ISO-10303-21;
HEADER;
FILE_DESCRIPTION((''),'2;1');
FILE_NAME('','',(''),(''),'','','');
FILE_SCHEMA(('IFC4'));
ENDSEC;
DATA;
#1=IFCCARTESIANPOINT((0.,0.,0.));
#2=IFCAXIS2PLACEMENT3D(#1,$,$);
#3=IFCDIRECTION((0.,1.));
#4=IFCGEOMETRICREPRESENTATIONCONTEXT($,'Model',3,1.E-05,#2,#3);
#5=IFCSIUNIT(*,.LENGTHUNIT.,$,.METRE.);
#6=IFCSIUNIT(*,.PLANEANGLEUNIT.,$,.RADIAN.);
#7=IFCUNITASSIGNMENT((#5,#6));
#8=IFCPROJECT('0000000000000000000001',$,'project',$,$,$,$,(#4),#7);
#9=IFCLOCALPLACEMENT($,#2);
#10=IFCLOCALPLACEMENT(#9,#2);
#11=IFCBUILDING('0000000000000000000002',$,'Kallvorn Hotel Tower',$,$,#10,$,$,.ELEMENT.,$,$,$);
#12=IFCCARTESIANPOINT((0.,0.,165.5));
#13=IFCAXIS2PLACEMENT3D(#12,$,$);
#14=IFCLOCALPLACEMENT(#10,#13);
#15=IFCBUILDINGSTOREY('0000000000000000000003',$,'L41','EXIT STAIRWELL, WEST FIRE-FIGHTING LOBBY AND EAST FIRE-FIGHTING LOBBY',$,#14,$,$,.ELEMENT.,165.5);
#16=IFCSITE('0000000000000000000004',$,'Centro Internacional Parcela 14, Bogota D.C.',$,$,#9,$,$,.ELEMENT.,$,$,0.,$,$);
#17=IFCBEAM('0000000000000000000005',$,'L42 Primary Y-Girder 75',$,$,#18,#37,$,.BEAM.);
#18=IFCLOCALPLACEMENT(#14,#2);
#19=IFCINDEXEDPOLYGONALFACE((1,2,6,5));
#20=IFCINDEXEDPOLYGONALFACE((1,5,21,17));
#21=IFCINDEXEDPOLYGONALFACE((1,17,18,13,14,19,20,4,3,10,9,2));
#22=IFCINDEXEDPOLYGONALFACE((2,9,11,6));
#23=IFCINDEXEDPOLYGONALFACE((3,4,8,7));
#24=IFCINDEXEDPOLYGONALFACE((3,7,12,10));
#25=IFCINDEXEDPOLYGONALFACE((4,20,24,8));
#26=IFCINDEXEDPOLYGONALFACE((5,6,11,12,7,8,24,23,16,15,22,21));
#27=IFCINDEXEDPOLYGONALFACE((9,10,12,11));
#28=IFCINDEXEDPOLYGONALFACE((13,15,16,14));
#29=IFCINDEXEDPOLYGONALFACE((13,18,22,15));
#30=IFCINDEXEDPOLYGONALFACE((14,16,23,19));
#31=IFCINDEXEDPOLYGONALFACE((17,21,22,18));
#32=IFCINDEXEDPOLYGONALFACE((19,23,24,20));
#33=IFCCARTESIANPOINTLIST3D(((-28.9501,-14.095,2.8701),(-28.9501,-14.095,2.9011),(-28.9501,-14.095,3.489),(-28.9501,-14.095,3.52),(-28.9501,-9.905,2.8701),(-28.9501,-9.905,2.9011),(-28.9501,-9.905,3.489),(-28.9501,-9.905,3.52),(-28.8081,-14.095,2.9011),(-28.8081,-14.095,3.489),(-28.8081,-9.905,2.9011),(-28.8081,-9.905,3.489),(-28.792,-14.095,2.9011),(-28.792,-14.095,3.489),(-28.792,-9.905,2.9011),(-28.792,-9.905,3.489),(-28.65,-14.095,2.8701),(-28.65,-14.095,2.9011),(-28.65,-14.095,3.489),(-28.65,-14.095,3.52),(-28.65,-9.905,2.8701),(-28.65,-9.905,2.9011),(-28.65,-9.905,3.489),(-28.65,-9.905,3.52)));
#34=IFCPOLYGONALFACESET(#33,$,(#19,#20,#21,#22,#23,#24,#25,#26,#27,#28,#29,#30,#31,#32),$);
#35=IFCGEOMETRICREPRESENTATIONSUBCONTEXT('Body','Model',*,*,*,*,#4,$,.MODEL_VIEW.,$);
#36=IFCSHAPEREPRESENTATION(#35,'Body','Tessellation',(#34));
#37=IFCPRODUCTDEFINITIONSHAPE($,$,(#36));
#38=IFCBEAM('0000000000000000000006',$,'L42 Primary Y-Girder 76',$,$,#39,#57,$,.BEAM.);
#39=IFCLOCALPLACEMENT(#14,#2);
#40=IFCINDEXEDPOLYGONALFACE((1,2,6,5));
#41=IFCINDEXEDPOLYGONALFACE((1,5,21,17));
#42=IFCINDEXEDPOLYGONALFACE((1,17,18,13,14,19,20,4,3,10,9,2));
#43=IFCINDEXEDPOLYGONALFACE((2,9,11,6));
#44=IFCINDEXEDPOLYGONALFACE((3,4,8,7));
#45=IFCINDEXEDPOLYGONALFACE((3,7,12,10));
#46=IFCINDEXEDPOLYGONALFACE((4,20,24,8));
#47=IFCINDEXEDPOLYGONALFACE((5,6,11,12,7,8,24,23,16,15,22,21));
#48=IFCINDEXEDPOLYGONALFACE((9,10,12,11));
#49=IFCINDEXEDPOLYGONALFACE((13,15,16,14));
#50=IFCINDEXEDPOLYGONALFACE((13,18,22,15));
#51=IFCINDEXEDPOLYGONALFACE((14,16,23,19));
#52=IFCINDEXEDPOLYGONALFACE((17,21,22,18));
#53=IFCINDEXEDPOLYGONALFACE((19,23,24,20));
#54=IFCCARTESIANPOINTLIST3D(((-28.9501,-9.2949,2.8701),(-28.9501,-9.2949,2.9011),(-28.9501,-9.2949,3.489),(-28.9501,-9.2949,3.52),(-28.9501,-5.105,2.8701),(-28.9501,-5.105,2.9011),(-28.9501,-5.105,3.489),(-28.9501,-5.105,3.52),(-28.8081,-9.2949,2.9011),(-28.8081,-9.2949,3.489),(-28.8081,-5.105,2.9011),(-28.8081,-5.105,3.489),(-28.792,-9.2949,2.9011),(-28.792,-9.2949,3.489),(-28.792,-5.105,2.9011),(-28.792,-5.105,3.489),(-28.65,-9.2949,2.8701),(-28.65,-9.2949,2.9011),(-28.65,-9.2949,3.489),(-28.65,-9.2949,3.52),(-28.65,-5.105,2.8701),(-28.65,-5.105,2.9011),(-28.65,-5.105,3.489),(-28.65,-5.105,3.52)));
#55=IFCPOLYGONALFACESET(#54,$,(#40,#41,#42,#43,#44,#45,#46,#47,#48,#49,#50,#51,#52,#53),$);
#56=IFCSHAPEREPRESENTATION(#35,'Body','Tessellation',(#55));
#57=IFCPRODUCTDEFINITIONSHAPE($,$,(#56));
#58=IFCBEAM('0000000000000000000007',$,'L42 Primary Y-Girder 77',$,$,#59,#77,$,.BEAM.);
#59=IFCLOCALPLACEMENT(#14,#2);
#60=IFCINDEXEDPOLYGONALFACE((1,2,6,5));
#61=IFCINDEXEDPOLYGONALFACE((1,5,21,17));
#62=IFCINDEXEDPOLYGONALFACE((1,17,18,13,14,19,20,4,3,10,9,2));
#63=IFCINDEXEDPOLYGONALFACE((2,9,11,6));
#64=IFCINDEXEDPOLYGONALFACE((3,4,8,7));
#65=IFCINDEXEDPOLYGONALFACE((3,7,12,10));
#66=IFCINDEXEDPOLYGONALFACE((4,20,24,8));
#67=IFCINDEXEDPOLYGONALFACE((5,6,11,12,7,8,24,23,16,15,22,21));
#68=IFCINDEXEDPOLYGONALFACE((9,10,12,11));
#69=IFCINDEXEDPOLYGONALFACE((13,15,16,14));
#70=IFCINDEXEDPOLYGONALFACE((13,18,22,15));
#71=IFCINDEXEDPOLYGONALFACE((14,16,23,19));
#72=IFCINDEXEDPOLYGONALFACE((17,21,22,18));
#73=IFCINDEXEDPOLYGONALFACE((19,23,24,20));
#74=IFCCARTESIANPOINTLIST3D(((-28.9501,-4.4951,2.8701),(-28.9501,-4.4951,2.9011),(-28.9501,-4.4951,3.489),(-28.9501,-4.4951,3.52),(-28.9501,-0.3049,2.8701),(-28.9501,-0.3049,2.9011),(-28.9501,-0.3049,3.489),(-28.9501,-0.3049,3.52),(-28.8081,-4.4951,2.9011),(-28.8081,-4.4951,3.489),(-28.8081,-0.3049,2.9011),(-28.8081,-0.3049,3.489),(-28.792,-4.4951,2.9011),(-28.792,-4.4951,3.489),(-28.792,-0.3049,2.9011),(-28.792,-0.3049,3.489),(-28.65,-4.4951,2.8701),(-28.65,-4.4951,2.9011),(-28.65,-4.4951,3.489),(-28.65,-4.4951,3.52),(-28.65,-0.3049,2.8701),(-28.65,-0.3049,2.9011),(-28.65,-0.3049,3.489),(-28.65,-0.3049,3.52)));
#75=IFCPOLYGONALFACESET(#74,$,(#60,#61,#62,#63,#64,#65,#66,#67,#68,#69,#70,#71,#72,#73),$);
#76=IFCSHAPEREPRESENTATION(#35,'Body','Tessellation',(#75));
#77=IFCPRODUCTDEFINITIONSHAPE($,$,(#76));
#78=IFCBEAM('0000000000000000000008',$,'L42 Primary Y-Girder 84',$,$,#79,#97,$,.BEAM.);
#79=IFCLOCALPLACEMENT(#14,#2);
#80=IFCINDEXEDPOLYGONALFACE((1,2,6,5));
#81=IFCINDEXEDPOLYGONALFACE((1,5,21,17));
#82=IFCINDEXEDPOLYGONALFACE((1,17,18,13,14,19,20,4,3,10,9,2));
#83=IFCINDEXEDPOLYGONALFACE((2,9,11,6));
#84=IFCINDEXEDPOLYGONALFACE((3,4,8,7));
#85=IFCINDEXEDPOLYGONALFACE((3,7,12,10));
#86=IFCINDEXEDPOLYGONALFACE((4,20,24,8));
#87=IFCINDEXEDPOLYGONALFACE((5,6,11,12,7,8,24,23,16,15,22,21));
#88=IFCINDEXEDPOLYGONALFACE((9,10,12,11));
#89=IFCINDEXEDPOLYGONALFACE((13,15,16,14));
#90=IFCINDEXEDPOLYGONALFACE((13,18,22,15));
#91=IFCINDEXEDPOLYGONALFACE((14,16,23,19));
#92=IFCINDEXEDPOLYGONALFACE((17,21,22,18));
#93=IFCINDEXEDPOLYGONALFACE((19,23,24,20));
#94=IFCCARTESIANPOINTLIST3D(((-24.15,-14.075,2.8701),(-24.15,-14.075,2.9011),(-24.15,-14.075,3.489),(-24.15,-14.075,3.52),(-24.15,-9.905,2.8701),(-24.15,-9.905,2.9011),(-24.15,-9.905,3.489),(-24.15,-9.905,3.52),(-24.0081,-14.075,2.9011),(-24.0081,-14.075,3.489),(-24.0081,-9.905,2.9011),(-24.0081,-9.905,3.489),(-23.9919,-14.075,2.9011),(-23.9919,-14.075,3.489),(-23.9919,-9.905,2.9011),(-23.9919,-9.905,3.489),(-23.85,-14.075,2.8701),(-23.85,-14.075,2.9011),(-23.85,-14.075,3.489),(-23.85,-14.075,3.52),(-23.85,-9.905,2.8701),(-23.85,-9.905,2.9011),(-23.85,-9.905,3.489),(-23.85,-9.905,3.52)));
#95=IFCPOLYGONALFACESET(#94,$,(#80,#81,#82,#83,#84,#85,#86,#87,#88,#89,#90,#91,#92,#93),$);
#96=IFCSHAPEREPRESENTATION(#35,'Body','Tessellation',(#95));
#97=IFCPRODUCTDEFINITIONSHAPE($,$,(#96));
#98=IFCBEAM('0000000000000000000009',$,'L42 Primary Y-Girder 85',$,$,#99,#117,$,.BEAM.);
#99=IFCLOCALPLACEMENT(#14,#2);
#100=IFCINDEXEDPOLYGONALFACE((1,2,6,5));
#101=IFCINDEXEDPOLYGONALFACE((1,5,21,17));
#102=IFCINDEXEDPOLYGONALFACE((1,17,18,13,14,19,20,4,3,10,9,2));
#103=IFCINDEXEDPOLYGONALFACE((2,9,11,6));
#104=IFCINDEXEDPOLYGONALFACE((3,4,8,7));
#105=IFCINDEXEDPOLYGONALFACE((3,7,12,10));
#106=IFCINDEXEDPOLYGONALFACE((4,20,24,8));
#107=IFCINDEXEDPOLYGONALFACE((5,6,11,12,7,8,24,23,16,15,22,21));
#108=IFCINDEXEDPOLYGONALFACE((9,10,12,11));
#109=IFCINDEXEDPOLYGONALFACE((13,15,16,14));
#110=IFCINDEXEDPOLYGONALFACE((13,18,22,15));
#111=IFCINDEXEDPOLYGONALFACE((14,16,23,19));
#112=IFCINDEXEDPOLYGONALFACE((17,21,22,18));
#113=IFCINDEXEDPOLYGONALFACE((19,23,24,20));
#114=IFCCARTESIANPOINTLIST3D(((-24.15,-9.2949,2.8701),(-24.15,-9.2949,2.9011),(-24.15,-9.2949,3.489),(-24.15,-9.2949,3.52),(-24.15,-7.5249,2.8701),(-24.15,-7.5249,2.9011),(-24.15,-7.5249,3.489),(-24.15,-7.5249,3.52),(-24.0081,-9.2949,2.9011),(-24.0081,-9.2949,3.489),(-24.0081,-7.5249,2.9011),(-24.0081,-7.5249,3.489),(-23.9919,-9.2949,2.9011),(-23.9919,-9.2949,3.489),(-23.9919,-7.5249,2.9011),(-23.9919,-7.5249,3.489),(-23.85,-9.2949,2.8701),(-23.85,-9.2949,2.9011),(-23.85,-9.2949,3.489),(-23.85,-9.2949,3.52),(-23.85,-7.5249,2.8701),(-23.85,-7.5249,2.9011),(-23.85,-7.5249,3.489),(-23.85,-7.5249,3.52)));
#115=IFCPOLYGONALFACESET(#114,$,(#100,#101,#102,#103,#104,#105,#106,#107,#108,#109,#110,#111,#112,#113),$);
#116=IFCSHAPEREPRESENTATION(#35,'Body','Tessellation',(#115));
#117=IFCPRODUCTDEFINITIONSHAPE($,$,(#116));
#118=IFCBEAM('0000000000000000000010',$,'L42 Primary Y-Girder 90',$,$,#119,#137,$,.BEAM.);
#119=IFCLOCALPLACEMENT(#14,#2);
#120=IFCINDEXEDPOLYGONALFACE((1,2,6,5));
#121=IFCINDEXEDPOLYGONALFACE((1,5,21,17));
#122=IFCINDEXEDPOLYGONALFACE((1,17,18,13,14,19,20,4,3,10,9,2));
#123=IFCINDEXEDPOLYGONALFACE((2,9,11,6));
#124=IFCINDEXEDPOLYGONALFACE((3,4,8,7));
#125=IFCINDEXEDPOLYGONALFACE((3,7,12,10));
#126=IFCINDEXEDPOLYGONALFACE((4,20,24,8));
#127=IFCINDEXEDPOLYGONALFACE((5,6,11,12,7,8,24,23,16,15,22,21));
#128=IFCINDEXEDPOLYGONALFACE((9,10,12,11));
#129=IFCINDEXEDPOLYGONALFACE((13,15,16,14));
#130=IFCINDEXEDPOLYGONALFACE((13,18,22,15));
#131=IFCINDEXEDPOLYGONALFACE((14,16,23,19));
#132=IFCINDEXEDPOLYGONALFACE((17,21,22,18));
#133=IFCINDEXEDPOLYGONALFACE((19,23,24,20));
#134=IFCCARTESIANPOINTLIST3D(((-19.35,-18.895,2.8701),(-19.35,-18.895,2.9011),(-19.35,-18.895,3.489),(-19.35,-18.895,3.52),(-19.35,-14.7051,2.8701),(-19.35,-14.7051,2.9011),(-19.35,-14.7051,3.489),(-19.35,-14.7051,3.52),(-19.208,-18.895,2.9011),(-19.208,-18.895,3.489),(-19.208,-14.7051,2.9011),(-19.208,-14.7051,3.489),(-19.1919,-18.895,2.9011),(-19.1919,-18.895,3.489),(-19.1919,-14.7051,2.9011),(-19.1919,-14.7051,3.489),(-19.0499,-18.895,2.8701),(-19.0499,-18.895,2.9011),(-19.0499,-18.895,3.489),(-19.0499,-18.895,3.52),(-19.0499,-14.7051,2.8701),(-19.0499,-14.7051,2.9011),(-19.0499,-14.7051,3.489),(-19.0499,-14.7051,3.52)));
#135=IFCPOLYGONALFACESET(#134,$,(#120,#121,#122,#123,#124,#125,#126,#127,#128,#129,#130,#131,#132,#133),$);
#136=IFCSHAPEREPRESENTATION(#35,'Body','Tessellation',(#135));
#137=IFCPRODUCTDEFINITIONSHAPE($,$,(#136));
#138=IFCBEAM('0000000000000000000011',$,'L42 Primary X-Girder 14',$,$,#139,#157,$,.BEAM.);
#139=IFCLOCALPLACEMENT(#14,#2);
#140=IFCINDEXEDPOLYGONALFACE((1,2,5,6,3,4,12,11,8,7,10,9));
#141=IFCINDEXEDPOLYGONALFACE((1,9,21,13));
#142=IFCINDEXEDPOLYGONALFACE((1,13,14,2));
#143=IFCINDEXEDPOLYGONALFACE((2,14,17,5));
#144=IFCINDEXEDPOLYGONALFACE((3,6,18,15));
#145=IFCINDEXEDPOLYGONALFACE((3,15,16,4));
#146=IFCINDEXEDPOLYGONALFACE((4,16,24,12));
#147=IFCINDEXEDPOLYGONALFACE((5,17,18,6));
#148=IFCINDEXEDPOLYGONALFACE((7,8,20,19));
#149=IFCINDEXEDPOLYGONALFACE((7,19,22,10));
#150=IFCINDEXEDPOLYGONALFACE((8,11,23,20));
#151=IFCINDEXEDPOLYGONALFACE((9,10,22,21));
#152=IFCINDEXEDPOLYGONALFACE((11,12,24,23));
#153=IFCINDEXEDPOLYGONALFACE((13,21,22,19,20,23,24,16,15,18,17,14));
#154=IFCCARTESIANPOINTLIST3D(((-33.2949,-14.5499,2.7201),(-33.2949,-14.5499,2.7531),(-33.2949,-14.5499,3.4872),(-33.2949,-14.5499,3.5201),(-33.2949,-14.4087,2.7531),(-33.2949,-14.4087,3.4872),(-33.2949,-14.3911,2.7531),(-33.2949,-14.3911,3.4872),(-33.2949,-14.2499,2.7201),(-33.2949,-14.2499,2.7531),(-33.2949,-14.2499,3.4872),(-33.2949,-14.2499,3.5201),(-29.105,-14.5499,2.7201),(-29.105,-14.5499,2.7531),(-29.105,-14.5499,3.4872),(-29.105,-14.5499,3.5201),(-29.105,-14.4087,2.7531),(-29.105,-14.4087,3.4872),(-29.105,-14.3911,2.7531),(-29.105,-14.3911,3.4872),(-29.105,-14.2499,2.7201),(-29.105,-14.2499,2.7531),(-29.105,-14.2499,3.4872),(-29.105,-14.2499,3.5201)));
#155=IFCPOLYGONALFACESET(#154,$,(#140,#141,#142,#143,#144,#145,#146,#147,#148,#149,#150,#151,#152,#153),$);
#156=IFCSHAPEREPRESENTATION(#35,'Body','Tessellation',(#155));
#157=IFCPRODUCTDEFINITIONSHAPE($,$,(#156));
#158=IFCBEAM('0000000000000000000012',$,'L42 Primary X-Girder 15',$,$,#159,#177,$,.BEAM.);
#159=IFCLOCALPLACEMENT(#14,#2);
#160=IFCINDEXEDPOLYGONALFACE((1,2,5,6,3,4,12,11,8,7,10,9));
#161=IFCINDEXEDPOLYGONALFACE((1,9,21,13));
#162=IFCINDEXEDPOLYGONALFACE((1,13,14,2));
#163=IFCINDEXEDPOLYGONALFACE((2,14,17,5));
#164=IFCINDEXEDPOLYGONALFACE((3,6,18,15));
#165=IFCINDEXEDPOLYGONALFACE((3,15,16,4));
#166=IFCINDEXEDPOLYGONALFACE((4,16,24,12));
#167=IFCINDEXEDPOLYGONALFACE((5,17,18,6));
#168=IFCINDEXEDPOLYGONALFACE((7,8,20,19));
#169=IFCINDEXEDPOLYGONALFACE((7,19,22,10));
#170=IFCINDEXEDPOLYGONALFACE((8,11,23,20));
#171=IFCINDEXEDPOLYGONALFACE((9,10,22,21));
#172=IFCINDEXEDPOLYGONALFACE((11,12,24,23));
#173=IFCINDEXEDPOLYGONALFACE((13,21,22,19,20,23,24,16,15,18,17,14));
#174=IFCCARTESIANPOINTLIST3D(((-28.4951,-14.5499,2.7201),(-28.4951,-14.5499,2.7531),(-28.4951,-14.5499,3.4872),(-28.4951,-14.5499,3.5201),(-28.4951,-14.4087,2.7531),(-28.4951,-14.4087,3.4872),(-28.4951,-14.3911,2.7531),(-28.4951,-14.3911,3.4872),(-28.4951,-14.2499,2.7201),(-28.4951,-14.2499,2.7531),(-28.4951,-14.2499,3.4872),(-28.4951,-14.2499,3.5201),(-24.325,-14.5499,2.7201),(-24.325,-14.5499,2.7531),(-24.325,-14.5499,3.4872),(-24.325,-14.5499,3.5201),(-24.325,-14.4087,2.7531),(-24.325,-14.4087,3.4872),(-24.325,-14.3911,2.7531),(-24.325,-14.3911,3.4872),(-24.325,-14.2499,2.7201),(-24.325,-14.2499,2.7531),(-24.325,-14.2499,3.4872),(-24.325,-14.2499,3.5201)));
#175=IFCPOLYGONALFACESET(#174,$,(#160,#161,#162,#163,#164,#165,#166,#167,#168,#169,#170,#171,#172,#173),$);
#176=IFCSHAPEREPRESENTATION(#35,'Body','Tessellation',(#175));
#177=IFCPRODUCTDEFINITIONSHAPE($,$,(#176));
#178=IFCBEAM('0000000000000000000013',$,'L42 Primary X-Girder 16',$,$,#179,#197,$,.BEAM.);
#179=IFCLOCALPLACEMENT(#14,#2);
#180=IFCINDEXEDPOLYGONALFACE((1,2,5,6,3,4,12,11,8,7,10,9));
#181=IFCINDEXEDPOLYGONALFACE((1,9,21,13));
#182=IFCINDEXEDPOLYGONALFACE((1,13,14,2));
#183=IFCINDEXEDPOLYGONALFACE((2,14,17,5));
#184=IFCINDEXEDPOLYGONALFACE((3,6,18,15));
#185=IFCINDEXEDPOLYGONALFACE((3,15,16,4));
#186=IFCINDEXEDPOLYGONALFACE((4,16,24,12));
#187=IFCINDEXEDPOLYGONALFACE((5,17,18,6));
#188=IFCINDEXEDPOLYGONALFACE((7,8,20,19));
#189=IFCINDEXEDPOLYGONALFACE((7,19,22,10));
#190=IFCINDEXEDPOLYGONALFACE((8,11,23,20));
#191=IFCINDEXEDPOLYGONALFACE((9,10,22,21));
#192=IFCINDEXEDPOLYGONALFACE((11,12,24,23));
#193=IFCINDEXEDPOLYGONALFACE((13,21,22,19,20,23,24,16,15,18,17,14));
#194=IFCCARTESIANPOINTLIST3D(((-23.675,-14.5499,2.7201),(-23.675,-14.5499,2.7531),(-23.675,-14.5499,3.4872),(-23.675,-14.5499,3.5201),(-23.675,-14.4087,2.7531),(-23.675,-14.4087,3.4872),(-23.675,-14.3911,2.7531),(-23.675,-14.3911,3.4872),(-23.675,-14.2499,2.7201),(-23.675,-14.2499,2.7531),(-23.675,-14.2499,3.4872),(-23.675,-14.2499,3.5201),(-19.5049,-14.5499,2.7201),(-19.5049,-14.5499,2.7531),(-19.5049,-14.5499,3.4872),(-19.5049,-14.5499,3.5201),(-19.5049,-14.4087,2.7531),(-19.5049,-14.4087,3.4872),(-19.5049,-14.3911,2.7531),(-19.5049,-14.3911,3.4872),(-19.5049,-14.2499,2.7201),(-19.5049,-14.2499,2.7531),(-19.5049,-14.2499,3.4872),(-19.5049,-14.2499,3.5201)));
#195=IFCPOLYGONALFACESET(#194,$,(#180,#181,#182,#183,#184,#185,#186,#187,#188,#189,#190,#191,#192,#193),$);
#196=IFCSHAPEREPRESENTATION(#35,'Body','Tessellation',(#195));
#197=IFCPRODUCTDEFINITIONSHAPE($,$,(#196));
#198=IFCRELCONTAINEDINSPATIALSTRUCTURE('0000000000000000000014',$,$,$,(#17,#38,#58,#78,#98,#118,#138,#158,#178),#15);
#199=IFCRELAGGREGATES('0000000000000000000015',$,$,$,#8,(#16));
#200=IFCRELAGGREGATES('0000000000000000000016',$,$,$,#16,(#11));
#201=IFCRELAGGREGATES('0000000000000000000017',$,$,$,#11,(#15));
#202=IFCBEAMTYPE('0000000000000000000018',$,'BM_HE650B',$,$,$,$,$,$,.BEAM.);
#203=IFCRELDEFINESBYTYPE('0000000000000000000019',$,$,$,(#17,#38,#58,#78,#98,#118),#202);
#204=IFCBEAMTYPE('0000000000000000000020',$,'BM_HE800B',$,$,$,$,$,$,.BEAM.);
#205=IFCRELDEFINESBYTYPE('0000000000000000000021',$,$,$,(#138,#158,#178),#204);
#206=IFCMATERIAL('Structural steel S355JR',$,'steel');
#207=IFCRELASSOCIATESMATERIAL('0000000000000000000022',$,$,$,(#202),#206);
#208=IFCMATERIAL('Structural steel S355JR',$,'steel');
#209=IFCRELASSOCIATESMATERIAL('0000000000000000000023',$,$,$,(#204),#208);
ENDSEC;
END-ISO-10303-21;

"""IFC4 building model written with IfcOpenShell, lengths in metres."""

from ifc_helpers import new_model, si_unit, direction, frame, origin, origin_2d, place, context, subcontext, project, spatial, i_section, extrude, material, material_profile, profile_set, type_object, element, save


model = new_model("IFC4")

# Units and contexts
model_context = context("Model", 3, precision=1e-05, world=origin(), true_north=direction((0.0, 1.0)))
body_context = subcontext(model_context, "Body", "Model", "MODEL_VIEW")
ifc_project = project(units=[si_unit("LENGTHUNIT", "METRE"), si_unit("PLANEANGLEUNIT", "RADIAN")], contexts=[model_context])

# Site, building, storey
site_placement = place(None, origin())
site = spatial("IfcSite", under=ifc_project, at=site_placement, Name="Centro Internacional Parcela 14, Bogota D.C.", CompositionType="ELEMENT", RefElevation=0.0)
building_placement = place(site_placement, origin())
building = spatial("IfcBuilding", under=site, at=building_placement, Name="Kallvorn Hotel Tower", CompositionType="ELEMENT")
storey_placement = place(building_placement, frame((0.0, 0.0, 165.5)))
storey = spatial("IfcBuildingStorey", under=building, at=storey_placement, Name="L41", Description="EXIT STAIRWELL, WEST FIRE-FIGHTING LOBBY AND EAST FIRE-FIGHTING LOBBY", CompositionType="ELEMENT", Elevation=165.5)

# Beams
ifc_material_1 = material(Name="Structural steel S355JR", Category="steel")
ifc_material_profile_1 = material_profile(ifc_material_1, i_section(OverallWidth=0.3, OverallDepth=0.6499, WebThickness=0.0161, FlangeThickness=0.031, at=origin_2d()), Name="HE 650 B")
ifc_profile_set_1 = profile_set([ifc_material_profile_1], Name="Structural steel S355JR")
beam_type_1 = type_object("IfcBeamType", Name="BM_HE650B", PredefinedType="BEAM", material=ifc_profile_set_1)
for number, where, z_axis, x_axis, name in (
    (1, (-28.8, -14.095, 3.1951), (0.0, 1.0, 0.0), (-1.0, 0.0, 0.0), "L42 Primary Y-Girder 75"),
    (2, (-28.8, -9.2949, 3.1951), (0.0, 1.0, 0.0), (-1.0, 0.0, 0.0), "L42 Primary Y-Girder 76"),
):
    element("IfcBeam", number, at=place(storey_placement, frame(where, z_axis=z_axis, x_axis=x_axis)), inside=storey, type_object=beam_type_1, Name=name, PredefinedType="BEAM", context=body_context, shape_type="SweptSolid", body=[
        extrude(i_section(OverallWidth=0.3, OverallDepth=0.6499, WebThickness=0.0161, FlangeThickness=0.031, at=origin_2d()), origin(), (0.0, 0.0, 1.0), 4.1899),
    ])
beam_1_placement = place(storey_placement, frame((-28.8, -4.4951, 3.1951), z_axis=(0.0, 1.0, 0.0), x_axis=(-1.0, 0.0, 0.0)))
element("IfcBeam", 3, at=beam_1_placement, inside=storey, type_object=beam_type_1, Name="L42 Primary Y-Girder 77", PredefinedType="BEAM", context=body_context, shape_type="SweptSolid", body=[
    extrude(i_section(OverallWidth=0.3, OverallDepth=0.6499, WebThickness=0.0161, FlangeThickness=0.031, at=origin_2d()), origin(), (0.0, 0.0, 1.0), 4.1902),
])
beam_2_placement = place(storey_placement, frame((-24.0, -14.075, 3.1951), z_axis=(0.0, 1.0, 0.0), x_axis=(-1.0, 0.0, 0.0)))
element("IfcBeam", 4, at=beam_2_placement, inside=storey, type_object=beam_type_1, Name="L42 Primary Y-Girder 84", PredefinedType="BEAM", context=body_context, shape_type="SweptSolid", body=[
    extrude(i_section(OverallWidth=0.3, OverallDepth=0.6499, WebThickness=0.0161, FlangeThickness=0.031, at=origin_2d()), origin(), (0.0, 0.0, 1.0), 4.1699),
])
beam_3_placement = place(storey_placement, frame((-24.0, -9.2949, 3.1951), z_axis=(0.0, 1.0, 0.0), x_axis=(-1.0, 0.0, 0.0)))
element("IfcBeam", 5, at=beam_3_placement, inside=storey, type_object=beam_type_1, Name="L42 Primary Y-Girder 85", PredefinedType="BEAM", context=body_context, shape_type="SweptSolid", body=[
    extrude(i_section(OverallWidth=0.3, OverallDepth=0.6499, WebThickness=0.0161, FlangeThickness=0.031, at=origin_2d()), origin(), (0.0, 0.0, 1.0), 1.77),
])
beam_4_placement = place(storey_placement, frame((-19.2, -18.895, 3.1951), z_axis=(0.0, 1.0, 0.0), x_axis=(-1.0, 0.0, 0.0)))
element("IfcBeam", 6, at=beam_4_placement, inside=storey, type_object=beam_type_1, Name="L42 Primary Y-Girder 90", PredefinedType="BEAM", context=body_context, shape_type="SweptSolid", body=[
    extrude(i_section(OverallWidth=0.3, OverallDepth=0.6499, WebThickness=0.0161, FlangeThickness=0.031, at=origin_2d()), origin(), (0.0, 0.0, 1.0), 4.1899),
])
ifc_material_2 = material(Name="Structural steel S355JR", Category="steel")
ifc_material_profile_2 = material_profile(ifc_material_2, i_section(OverallWidth=0.3, OverallDepth=0.8, WebThickness=0.0176, FlangeThickness=0.033, at=origin_2d()), Name="HE 800 B")
ifc_profile_set_2 = profile_set([ifc_material_profile_2], Name="Structural steel S355JR")
beam_type_2 = type_object("IfcBeamType", Name="BM_HE800B", PredefinedType="BEAM", material=ifc_profile_set_2)
beam_5_placement = place(storey_placement, frame((-33.2949, -14.3999, 3.1201), z_axis=(1.0, 0.0, 0.0), x_axis=(0.0, 1.0, 0.0)))
element("IfcBeam", 7, at=beam_5_placement, inside=storey, type_object=beam_type_2, Name="L42 Primary X-Girder 14", PredefinedType="BEAM", context=body_context, shape_type="SweptSolid", body=[
    extrude(i_section(OverallWidth=0.3, OverallDepth=0.8, WebThickness=0.0176, FlangeThickness=0.033, at=origin_2d()), origin(), (0.0, 0.0, 1.0), 4.1899),
])
for number, where, z_axis, x_axis, name in (
    (8, (-28.4951, -14.3999, 3.1201), (1.0, 0.0, 0.0), (0.0, 1.0, 0.0), "L42 Primary X-Girder 15"),
    (9, (-23.675, -14.3999, 3.1201), (1.0, 0.0, 0.0), (0.0, 1.0, 0.0), "L42 Primary X-Girder 16"),
):
    element("IfcBeam", number, at=place(storey_placement, frame(where, z_axis=z_axis, x_axis=x_axis)), inside=storey, type_object=beam_type_2, Name=name, PredefinedType="BEAM", context=body_context, shape_type="SweptSolid", body=[
        extrude(i_section(OverallWidth=0.3, OverallDepth=0.8, WebThickness=0.0176, FlangeThickness=0.033, at=origin_2d()), origin(), (0.0, 0.0, 1.0), 4.1702),
    ])

save(model, "model.ifc")
